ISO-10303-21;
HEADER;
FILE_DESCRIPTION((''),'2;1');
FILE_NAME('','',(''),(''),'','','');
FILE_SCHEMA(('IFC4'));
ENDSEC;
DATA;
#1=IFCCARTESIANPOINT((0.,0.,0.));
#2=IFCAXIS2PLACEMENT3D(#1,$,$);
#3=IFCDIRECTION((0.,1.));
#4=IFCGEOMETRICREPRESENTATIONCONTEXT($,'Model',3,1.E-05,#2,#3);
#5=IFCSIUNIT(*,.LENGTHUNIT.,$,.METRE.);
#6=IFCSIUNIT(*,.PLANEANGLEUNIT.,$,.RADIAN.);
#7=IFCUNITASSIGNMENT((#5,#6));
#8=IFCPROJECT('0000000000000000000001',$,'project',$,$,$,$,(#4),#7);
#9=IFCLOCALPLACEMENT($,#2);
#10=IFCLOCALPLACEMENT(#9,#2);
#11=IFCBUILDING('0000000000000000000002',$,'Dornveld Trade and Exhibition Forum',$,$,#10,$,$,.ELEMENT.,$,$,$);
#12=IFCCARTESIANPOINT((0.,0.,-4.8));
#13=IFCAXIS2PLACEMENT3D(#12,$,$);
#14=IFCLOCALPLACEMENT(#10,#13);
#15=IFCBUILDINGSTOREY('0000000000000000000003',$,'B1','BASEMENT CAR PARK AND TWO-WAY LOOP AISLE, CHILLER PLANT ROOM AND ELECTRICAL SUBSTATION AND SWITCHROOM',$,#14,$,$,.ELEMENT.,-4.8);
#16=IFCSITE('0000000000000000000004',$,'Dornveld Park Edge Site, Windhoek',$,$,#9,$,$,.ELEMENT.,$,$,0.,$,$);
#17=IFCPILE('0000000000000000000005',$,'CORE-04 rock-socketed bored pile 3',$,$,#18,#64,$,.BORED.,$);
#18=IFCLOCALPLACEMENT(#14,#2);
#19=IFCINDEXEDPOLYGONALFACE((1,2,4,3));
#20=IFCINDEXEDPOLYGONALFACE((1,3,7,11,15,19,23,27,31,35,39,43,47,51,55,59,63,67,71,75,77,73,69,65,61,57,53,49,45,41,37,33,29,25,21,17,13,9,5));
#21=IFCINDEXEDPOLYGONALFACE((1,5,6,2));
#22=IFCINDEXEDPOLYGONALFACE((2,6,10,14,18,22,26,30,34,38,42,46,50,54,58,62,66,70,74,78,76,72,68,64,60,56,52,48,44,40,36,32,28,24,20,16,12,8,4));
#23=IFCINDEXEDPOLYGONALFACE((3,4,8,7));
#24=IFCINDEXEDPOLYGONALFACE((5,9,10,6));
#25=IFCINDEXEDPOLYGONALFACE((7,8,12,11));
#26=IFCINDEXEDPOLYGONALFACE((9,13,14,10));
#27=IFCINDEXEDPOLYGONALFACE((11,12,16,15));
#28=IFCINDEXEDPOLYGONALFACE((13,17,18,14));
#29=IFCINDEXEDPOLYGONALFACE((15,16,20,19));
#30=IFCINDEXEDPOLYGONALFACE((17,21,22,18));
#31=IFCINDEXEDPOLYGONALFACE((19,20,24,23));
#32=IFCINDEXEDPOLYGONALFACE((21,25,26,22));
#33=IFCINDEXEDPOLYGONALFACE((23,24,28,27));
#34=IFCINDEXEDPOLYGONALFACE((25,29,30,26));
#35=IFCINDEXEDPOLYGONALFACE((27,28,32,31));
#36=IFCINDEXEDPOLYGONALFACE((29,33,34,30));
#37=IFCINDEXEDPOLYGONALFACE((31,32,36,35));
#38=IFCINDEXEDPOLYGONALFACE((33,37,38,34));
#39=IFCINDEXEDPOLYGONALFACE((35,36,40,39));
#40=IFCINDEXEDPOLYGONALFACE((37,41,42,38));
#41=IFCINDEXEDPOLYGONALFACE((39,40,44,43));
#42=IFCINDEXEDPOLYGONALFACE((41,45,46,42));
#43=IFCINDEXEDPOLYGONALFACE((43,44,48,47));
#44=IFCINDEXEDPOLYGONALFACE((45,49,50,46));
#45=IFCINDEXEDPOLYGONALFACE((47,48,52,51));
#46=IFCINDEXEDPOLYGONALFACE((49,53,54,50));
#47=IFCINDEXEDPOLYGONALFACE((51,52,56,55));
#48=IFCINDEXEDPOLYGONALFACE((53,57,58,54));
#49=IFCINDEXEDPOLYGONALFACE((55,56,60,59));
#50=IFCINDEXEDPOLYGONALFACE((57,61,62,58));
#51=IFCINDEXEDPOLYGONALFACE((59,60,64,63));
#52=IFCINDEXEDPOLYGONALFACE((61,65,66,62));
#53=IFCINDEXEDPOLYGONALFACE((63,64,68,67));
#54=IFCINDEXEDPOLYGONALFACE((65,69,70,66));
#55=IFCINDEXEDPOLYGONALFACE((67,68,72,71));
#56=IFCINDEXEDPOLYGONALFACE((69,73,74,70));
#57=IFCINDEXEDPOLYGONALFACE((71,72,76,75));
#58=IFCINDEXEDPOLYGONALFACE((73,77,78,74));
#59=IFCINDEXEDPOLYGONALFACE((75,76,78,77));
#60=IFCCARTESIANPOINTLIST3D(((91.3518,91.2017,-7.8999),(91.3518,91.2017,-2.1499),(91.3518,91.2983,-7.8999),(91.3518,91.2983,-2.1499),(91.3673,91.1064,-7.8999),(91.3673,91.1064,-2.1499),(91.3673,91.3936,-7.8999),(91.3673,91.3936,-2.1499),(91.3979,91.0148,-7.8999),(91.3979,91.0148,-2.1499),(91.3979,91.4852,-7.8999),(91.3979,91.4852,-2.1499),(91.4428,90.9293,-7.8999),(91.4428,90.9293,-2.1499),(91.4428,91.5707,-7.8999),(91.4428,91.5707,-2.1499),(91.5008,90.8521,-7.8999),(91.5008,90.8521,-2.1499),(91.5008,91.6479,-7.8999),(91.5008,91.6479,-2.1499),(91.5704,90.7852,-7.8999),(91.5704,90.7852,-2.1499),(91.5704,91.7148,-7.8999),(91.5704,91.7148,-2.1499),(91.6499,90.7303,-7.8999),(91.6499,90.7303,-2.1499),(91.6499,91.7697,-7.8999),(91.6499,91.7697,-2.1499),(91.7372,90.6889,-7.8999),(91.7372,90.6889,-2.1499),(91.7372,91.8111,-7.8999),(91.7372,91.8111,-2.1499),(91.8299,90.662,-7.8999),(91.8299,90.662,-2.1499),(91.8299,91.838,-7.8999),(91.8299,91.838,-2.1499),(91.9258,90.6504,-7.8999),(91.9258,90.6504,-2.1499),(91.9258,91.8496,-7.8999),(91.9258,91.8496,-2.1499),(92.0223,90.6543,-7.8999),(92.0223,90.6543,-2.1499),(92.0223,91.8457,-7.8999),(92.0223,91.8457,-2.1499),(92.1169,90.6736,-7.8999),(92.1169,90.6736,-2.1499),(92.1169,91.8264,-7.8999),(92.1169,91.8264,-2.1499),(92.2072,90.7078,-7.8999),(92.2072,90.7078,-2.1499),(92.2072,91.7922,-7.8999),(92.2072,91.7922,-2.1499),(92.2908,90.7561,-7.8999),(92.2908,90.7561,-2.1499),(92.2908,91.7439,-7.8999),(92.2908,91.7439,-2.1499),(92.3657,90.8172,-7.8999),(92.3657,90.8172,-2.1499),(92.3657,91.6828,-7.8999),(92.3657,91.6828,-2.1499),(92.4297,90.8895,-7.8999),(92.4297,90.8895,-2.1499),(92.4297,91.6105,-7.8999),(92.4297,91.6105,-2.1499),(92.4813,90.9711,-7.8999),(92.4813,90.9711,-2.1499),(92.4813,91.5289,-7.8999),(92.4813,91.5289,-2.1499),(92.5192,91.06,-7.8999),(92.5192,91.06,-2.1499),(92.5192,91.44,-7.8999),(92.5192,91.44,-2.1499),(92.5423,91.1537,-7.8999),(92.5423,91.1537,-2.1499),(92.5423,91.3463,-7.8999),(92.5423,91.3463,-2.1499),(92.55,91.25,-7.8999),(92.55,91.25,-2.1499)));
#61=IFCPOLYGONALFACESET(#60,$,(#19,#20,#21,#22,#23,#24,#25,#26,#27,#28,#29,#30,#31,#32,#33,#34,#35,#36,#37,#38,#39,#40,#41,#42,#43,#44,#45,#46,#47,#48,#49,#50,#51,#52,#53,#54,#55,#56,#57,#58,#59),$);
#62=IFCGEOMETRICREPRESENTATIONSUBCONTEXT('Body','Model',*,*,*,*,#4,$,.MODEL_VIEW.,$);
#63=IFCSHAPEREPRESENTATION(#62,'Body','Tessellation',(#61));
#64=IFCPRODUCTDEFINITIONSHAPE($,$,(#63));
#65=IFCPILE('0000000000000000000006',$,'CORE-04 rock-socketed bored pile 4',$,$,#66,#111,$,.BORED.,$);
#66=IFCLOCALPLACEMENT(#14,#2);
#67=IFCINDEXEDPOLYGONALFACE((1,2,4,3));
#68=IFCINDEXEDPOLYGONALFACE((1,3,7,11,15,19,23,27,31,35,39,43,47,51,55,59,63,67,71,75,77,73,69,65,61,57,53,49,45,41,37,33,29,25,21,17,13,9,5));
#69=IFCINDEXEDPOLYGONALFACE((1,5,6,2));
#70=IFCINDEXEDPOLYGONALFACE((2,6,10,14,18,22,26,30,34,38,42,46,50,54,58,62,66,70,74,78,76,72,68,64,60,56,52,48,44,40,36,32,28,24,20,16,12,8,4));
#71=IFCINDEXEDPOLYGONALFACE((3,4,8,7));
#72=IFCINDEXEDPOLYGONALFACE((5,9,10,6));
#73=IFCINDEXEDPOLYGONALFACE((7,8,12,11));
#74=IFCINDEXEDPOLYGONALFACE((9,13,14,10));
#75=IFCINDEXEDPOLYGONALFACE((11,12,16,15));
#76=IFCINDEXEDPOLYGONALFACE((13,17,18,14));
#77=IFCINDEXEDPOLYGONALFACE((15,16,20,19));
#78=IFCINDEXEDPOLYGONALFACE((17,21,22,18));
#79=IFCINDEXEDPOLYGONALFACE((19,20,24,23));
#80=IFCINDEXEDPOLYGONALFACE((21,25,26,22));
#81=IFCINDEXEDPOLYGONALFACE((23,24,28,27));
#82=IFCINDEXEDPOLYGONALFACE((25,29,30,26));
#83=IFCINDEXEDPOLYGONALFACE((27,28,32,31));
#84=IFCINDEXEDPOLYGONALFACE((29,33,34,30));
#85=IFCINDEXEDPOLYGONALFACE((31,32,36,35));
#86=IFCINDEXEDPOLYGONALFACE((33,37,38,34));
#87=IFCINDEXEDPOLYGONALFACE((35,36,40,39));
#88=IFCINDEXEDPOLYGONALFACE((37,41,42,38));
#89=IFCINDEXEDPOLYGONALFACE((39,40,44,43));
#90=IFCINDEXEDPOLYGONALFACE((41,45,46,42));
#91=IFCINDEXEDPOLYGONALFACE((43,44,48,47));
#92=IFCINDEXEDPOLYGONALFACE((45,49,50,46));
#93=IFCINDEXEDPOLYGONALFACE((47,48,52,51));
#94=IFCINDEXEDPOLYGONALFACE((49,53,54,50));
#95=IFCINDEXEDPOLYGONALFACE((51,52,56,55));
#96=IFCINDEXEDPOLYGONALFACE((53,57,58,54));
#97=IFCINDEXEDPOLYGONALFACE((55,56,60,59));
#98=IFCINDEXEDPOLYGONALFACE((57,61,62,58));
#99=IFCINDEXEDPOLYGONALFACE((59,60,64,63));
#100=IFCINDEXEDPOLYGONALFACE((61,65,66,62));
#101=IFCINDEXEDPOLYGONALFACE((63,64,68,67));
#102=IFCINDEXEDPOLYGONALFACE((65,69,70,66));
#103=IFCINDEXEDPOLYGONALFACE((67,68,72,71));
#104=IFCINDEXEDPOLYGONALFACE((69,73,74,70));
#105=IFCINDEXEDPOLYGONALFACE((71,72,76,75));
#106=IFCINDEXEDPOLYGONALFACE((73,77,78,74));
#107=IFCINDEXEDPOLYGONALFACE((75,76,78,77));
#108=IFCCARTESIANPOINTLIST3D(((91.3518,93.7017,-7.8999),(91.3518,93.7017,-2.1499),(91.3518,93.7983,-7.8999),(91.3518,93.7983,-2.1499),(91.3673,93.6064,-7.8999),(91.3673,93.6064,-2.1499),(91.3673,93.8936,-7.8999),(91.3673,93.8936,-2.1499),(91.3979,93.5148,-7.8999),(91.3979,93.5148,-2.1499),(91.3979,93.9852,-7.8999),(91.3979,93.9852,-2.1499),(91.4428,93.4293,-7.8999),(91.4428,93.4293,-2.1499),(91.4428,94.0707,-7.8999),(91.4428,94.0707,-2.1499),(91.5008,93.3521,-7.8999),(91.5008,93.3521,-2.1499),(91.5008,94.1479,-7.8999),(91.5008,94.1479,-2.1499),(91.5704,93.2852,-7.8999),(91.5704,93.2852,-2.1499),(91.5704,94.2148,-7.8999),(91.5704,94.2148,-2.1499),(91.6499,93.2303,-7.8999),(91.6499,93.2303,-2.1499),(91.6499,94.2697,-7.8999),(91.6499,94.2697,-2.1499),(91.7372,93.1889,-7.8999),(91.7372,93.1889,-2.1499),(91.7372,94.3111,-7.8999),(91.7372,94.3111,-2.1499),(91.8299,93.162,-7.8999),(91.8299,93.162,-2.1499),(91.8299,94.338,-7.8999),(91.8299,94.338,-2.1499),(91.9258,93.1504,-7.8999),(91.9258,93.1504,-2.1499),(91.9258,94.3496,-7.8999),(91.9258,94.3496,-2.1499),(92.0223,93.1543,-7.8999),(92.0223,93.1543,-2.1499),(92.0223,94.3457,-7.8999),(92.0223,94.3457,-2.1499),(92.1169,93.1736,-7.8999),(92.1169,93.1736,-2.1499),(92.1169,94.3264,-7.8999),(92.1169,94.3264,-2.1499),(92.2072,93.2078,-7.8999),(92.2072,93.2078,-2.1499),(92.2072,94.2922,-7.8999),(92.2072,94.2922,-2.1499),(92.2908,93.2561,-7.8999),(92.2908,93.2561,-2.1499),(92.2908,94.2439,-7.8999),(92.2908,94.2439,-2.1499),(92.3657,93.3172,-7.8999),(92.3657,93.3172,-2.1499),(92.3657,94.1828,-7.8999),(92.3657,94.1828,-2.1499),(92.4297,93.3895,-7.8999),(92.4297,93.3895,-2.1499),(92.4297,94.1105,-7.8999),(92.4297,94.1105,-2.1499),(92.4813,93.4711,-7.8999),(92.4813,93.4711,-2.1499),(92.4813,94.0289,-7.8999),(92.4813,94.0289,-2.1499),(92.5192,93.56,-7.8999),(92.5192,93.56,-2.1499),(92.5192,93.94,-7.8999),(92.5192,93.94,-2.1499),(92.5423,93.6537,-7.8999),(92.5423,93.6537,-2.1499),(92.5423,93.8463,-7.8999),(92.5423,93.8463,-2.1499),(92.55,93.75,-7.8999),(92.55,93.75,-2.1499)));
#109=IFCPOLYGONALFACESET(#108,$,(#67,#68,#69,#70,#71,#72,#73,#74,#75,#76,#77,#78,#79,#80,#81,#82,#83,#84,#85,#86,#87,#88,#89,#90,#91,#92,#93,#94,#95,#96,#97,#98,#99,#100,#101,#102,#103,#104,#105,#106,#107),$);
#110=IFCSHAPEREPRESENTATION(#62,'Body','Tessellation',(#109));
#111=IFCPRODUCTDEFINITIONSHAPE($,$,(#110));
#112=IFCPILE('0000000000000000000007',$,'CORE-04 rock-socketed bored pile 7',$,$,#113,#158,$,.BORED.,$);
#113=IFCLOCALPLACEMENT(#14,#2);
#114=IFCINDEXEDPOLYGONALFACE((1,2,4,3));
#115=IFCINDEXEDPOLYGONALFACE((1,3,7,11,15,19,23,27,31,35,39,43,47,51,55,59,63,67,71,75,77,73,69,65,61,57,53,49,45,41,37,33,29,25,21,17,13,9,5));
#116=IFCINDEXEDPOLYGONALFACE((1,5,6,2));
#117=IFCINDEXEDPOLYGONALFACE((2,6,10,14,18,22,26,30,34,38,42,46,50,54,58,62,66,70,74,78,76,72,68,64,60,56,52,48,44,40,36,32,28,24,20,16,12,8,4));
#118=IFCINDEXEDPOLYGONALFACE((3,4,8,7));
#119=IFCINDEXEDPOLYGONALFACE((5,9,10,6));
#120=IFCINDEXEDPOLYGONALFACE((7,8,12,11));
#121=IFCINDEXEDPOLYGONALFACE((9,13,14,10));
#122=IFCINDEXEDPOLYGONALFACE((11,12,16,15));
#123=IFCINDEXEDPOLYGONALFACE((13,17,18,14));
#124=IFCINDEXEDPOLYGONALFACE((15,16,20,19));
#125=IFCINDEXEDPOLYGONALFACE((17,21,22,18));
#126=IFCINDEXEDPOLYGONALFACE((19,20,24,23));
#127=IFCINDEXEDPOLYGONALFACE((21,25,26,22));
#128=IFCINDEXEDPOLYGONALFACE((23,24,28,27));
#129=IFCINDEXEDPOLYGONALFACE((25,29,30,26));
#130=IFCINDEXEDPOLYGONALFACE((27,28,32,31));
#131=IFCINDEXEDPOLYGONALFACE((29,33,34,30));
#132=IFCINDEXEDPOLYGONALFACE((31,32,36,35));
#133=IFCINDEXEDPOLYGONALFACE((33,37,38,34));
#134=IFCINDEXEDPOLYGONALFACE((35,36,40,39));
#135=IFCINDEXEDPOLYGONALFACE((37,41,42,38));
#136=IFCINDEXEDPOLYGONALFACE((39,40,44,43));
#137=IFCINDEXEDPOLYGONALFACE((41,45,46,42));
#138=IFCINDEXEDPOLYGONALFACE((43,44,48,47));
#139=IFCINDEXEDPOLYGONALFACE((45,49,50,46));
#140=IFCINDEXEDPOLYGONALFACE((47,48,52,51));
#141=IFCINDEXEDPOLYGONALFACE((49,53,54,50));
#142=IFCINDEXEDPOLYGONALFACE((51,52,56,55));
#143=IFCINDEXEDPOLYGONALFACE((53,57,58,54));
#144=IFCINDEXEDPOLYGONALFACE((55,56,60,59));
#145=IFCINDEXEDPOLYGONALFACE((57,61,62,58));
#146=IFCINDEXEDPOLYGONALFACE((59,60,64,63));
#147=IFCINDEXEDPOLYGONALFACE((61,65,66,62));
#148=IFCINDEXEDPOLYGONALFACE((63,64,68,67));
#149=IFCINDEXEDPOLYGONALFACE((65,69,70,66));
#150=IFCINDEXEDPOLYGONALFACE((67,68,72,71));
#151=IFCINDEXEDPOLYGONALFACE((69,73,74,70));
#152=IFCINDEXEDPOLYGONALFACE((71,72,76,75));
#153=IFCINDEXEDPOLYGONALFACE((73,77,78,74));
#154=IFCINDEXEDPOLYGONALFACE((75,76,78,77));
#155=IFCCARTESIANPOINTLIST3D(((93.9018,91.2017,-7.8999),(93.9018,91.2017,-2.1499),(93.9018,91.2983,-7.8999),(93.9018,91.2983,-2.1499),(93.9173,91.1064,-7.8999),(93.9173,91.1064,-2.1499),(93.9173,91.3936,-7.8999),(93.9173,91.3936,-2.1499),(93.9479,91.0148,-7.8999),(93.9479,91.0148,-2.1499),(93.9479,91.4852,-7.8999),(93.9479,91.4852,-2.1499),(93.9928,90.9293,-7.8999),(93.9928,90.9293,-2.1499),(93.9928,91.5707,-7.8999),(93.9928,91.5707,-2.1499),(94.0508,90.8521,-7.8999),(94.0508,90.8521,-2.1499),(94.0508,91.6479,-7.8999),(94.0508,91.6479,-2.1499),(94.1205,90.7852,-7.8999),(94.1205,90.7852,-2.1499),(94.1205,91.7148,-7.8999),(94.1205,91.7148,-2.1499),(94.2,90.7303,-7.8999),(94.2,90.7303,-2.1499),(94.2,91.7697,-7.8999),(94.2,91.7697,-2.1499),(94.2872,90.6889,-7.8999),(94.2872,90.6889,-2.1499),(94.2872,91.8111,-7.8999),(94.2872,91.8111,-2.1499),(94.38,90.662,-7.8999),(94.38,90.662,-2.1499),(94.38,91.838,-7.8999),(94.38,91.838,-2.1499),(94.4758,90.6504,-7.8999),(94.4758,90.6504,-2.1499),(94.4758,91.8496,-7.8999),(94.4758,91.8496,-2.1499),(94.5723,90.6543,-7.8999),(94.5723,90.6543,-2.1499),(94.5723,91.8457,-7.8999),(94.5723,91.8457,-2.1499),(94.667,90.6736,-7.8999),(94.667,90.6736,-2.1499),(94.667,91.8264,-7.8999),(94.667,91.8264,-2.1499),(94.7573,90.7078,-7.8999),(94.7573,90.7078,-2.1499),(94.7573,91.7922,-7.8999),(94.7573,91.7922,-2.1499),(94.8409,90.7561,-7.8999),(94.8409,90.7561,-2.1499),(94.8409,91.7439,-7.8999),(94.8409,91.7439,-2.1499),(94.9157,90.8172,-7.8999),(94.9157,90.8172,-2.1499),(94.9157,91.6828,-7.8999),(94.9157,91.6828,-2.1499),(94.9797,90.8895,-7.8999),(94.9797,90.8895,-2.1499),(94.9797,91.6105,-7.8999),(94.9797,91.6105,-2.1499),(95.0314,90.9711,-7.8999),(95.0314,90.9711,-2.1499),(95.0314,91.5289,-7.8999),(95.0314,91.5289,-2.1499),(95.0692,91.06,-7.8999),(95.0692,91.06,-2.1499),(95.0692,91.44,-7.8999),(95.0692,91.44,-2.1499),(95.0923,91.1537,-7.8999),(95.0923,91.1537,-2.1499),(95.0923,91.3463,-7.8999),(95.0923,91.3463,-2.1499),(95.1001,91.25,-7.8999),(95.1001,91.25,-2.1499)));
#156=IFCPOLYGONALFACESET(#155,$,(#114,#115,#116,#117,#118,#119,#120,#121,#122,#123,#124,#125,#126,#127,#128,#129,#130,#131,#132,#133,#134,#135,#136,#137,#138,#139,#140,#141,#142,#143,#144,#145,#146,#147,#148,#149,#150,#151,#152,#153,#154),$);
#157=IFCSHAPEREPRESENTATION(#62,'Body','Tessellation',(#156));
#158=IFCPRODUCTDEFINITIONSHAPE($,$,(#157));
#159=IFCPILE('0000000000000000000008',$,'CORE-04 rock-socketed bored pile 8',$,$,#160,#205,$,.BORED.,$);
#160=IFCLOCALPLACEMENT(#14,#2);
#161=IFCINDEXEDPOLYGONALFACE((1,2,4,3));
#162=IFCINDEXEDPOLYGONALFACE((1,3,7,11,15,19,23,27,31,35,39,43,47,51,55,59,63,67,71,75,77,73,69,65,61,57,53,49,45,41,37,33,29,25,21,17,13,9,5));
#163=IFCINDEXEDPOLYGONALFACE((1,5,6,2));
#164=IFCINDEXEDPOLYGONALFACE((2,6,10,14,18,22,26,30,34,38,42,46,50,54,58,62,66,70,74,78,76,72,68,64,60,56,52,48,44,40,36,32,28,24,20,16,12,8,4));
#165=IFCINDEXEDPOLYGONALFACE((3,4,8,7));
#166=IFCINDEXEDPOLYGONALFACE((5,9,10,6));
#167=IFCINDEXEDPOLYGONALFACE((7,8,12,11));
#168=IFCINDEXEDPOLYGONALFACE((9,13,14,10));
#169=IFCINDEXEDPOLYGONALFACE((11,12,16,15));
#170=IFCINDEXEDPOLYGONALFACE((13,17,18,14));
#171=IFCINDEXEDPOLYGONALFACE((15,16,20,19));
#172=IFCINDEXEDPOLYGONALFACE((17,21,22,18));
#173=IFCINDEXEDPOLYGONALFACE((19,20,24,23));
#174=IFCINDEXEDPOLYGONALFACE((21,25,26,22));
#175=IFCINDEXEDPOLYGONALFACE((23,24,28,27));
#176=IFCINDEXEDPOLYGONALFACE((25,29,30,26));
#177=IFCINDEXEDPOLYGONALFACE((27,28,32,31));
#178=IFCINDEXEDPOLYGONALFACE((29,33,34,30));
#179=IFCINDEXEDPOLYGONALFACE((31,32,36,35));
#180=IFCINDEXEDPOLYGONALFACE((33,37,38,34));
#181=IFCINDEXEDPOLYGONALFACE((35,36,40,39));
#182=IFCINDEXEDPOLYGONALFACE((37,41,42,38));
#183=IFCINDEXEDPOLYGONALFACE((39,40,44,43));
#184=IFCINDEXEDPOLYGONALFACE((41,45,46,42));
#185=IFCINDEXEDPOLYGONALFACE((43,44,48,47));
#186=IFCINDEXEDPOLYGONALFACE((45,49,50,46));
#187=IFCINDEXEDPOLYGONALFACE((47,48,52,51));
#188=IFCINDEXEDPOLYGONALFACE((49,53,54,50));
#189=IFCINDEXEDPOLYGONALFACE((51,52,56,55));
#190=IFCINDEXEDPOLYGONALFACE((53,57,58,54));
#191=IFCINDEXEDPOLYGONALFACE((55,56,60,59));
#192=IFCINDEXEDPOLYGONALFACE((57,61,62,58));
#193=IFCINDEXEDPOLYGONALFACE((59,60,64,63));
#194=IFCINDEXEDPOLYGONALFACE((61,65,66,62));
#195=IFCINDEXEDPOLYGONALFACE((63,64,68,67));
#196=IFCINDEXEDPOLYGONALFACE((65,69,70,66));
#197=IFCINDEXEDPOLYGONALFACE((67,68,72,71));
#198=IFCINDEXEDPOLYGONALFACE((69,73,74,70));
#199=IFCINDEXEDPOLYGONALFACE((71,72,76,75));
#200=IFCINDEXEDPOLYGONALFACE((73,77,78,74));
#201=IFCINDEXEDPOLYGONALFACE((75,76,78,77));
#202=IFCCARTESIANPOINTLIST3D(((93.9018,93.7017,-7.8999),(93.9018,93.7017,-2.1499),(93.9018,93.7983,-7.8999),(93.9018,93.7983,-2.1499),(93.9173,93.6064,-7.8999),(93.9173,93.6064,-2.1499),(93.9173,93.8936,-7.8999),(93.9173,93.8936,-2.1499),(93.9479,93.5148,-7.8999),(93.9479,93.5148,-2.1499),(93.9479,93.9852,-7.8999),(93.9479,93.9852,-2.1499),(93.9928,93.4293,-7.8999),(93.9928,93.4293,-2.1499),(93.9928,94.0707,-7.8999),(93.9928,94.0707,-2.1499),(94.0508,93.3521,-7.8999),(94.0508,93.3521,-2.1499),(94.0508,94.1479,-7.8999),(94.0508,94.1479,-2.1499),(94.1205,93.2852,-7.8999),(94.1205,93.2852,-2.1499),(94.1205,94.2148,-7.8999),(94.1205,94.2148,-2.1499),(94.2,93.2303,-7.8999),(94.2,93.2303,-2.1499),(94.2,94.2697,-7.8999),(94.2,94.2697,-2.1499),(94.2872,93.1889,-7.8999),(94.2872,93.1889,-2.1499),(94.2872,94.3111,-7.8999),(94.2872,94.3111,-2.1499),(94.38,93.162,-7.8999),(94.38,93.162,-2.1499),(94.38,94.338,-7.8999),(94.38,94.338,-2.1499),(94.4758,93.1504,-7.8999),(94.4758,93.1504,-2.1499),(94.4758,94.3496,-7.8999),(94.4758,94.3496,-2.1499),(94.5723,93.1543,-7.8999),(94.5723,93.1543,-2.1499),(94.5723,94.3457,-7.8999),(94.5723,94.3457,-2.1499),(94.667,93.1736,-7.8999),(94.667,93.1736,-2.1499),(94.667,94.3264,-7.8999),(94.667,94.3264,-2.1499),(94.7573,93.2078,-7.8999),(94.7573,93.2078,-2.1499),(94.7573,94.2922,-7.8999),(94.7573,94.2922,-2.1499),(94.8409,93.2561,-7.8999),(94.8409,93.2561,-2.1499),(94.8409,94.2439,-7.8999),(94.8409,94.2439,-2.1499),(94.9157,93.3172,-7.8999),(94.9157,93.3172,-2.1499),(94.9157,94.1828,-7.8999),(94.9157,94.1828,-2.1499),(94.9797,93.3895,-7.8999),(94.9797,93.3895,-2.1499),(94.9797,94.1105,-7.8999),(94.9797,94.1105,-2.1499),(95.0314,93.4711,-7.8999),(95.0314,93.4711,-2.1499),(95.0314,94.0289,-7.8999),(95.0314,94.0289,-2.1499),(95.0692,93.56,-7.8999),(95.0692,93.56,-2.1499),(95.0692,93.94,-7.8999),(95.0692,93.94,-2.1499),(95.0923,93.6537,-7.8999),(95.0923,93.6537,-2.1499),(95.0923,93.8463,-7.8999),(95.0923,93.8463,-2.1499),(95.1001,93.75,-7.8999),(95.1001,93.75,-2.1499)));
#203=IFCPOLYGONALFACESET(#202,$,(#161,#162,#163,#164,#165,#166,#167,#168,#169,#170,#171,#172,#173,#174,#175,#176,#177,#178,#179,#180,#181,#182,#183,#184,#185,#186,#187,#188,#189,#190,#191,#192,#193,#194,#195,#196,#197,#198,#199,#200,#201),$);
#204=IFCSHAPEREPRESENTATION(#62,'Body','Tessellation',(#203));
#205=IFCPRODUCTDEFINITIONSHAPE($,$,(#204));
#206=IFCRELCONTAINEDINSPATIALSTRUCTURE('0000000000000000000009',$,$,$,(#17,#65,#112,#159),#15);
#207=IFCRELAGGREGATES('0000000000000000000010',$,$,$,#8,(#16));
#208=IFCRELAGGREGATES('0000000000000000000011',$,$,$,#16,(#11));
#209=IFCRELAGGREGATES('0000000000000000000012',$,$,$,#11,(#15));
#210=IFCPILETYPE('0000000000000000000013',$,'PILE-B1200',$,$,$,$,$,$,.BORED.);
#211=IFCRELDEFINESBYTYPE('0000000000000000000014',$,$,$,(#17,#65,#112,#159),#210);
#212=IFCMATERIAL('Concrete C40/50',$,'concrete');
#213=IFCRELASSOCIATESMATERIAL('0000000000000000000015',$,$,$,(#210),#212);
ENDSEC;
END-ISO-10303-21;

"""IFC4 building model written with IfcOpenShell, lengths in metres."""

from ifc_helpers import new_model, si_unit, direction, frame, origin, origin_2d, place, context, subcontext, project, spatial, circle, extrude, material, material_profile, profile_set, type_object, element, save


model = new_model("IFC4")

# Units and contexts
model_context = context("Model", 3, precision=1e-05, world=origin(), true_north=direction((0.0, 1.0)))
body_context = subcontext(model_context, "Body", "Model", "MODEL_VIEW")
ifc_project = project(units=[si_unit("LENGTHUNIT", "METRE"), si_unit("PLANEANGLEUNIT", "RADIAN")], contexts=[model_context])

# Site, building, storey
site_placement = place(None, origin())
site = spatial("IfcSite", under=ifc_project, at=site_placement, Name="Dornveld Park Edge Site, Windhoek", CompositionType="ELEMENT", RefElevation=0.0)
building_placement = place(site_placement, origin())
building = spatial("IfcBuilding", under=site, at=building_placement, Name="Dornveld Trade and Exhibition Forum", CompositionType="ELEMENT")
storey_placement = place(building_placement, frame((0.0, 0.0, -4.8)))
storey = spatial("IfcBuildingStorey", under=building, at=storey_placement, Name="B1", Description="BASEMENT CAR PARK AND TWO-WAY LOOP AISLE, CHILLER PLANT ROOM AND ELECTRICAL SUBSTATION AND SWITCHROOM", CompositionType="ELEMENT", Elevation=-4.8)

# Piles
ifc_material_1 = material(Name="Concrete C40/50", Category="concrete")
ifc_material_profile_1 = material_profile(ifc_material_1, circle(Radius=0.6001, at=origin_2d()), Name="PILE D1200")
ifc_profile_set_1 = profile_set([ifc_material_profile_1], Name="Concrete C40/50")
pile_type_1 = type_object("IfcPileType", Name="PILE-B1200", PredefinedType="BORED", material=ifc_profile_set_1)
for number, where, z_axis, x_axis, name in (
    (1, (91.95, 91.25, -2.1499), (0.0, 0.0, -1.0), (1.0, 0.0, 0.0), "CORE-04 rock-socketed bored pile 3"),
    (2, (91.95, 93.75, -2.1499), (0.0, 0.0, -1.0), (1.0, 0.0, 0.0), "CORE-04 rock-socketed bored pile 4"),
    (3, (94.5, 91.25, -2.1499), (0.0, 0.0, -1.0), (1.0, 0.0, 0.0), "CORE-04 rock-socketed bored pile 7"),
    (4, (94.5, 93.75, -2.1499), (0.0, 0.0, -1.0), (1.0, 0.0, 0.0), "CORE-04 rock-socketed bored pile 8"),
):
    element("IfcPile", number, at=place(storey_placement, frame(where, z_axis=z_axis, x_axis=x_axis)), inside=storey, type_object=pile_type_1, Name=name, PredefinedType="BORED", context=body_context, shape_type="SweptSolid", body=[
        extrude(circle(Radius=0.6001, at=origin_2d()), origin(), (0.0, 0.0, 1.0), 5.75),
    ])

save(model, "model.ifc")
